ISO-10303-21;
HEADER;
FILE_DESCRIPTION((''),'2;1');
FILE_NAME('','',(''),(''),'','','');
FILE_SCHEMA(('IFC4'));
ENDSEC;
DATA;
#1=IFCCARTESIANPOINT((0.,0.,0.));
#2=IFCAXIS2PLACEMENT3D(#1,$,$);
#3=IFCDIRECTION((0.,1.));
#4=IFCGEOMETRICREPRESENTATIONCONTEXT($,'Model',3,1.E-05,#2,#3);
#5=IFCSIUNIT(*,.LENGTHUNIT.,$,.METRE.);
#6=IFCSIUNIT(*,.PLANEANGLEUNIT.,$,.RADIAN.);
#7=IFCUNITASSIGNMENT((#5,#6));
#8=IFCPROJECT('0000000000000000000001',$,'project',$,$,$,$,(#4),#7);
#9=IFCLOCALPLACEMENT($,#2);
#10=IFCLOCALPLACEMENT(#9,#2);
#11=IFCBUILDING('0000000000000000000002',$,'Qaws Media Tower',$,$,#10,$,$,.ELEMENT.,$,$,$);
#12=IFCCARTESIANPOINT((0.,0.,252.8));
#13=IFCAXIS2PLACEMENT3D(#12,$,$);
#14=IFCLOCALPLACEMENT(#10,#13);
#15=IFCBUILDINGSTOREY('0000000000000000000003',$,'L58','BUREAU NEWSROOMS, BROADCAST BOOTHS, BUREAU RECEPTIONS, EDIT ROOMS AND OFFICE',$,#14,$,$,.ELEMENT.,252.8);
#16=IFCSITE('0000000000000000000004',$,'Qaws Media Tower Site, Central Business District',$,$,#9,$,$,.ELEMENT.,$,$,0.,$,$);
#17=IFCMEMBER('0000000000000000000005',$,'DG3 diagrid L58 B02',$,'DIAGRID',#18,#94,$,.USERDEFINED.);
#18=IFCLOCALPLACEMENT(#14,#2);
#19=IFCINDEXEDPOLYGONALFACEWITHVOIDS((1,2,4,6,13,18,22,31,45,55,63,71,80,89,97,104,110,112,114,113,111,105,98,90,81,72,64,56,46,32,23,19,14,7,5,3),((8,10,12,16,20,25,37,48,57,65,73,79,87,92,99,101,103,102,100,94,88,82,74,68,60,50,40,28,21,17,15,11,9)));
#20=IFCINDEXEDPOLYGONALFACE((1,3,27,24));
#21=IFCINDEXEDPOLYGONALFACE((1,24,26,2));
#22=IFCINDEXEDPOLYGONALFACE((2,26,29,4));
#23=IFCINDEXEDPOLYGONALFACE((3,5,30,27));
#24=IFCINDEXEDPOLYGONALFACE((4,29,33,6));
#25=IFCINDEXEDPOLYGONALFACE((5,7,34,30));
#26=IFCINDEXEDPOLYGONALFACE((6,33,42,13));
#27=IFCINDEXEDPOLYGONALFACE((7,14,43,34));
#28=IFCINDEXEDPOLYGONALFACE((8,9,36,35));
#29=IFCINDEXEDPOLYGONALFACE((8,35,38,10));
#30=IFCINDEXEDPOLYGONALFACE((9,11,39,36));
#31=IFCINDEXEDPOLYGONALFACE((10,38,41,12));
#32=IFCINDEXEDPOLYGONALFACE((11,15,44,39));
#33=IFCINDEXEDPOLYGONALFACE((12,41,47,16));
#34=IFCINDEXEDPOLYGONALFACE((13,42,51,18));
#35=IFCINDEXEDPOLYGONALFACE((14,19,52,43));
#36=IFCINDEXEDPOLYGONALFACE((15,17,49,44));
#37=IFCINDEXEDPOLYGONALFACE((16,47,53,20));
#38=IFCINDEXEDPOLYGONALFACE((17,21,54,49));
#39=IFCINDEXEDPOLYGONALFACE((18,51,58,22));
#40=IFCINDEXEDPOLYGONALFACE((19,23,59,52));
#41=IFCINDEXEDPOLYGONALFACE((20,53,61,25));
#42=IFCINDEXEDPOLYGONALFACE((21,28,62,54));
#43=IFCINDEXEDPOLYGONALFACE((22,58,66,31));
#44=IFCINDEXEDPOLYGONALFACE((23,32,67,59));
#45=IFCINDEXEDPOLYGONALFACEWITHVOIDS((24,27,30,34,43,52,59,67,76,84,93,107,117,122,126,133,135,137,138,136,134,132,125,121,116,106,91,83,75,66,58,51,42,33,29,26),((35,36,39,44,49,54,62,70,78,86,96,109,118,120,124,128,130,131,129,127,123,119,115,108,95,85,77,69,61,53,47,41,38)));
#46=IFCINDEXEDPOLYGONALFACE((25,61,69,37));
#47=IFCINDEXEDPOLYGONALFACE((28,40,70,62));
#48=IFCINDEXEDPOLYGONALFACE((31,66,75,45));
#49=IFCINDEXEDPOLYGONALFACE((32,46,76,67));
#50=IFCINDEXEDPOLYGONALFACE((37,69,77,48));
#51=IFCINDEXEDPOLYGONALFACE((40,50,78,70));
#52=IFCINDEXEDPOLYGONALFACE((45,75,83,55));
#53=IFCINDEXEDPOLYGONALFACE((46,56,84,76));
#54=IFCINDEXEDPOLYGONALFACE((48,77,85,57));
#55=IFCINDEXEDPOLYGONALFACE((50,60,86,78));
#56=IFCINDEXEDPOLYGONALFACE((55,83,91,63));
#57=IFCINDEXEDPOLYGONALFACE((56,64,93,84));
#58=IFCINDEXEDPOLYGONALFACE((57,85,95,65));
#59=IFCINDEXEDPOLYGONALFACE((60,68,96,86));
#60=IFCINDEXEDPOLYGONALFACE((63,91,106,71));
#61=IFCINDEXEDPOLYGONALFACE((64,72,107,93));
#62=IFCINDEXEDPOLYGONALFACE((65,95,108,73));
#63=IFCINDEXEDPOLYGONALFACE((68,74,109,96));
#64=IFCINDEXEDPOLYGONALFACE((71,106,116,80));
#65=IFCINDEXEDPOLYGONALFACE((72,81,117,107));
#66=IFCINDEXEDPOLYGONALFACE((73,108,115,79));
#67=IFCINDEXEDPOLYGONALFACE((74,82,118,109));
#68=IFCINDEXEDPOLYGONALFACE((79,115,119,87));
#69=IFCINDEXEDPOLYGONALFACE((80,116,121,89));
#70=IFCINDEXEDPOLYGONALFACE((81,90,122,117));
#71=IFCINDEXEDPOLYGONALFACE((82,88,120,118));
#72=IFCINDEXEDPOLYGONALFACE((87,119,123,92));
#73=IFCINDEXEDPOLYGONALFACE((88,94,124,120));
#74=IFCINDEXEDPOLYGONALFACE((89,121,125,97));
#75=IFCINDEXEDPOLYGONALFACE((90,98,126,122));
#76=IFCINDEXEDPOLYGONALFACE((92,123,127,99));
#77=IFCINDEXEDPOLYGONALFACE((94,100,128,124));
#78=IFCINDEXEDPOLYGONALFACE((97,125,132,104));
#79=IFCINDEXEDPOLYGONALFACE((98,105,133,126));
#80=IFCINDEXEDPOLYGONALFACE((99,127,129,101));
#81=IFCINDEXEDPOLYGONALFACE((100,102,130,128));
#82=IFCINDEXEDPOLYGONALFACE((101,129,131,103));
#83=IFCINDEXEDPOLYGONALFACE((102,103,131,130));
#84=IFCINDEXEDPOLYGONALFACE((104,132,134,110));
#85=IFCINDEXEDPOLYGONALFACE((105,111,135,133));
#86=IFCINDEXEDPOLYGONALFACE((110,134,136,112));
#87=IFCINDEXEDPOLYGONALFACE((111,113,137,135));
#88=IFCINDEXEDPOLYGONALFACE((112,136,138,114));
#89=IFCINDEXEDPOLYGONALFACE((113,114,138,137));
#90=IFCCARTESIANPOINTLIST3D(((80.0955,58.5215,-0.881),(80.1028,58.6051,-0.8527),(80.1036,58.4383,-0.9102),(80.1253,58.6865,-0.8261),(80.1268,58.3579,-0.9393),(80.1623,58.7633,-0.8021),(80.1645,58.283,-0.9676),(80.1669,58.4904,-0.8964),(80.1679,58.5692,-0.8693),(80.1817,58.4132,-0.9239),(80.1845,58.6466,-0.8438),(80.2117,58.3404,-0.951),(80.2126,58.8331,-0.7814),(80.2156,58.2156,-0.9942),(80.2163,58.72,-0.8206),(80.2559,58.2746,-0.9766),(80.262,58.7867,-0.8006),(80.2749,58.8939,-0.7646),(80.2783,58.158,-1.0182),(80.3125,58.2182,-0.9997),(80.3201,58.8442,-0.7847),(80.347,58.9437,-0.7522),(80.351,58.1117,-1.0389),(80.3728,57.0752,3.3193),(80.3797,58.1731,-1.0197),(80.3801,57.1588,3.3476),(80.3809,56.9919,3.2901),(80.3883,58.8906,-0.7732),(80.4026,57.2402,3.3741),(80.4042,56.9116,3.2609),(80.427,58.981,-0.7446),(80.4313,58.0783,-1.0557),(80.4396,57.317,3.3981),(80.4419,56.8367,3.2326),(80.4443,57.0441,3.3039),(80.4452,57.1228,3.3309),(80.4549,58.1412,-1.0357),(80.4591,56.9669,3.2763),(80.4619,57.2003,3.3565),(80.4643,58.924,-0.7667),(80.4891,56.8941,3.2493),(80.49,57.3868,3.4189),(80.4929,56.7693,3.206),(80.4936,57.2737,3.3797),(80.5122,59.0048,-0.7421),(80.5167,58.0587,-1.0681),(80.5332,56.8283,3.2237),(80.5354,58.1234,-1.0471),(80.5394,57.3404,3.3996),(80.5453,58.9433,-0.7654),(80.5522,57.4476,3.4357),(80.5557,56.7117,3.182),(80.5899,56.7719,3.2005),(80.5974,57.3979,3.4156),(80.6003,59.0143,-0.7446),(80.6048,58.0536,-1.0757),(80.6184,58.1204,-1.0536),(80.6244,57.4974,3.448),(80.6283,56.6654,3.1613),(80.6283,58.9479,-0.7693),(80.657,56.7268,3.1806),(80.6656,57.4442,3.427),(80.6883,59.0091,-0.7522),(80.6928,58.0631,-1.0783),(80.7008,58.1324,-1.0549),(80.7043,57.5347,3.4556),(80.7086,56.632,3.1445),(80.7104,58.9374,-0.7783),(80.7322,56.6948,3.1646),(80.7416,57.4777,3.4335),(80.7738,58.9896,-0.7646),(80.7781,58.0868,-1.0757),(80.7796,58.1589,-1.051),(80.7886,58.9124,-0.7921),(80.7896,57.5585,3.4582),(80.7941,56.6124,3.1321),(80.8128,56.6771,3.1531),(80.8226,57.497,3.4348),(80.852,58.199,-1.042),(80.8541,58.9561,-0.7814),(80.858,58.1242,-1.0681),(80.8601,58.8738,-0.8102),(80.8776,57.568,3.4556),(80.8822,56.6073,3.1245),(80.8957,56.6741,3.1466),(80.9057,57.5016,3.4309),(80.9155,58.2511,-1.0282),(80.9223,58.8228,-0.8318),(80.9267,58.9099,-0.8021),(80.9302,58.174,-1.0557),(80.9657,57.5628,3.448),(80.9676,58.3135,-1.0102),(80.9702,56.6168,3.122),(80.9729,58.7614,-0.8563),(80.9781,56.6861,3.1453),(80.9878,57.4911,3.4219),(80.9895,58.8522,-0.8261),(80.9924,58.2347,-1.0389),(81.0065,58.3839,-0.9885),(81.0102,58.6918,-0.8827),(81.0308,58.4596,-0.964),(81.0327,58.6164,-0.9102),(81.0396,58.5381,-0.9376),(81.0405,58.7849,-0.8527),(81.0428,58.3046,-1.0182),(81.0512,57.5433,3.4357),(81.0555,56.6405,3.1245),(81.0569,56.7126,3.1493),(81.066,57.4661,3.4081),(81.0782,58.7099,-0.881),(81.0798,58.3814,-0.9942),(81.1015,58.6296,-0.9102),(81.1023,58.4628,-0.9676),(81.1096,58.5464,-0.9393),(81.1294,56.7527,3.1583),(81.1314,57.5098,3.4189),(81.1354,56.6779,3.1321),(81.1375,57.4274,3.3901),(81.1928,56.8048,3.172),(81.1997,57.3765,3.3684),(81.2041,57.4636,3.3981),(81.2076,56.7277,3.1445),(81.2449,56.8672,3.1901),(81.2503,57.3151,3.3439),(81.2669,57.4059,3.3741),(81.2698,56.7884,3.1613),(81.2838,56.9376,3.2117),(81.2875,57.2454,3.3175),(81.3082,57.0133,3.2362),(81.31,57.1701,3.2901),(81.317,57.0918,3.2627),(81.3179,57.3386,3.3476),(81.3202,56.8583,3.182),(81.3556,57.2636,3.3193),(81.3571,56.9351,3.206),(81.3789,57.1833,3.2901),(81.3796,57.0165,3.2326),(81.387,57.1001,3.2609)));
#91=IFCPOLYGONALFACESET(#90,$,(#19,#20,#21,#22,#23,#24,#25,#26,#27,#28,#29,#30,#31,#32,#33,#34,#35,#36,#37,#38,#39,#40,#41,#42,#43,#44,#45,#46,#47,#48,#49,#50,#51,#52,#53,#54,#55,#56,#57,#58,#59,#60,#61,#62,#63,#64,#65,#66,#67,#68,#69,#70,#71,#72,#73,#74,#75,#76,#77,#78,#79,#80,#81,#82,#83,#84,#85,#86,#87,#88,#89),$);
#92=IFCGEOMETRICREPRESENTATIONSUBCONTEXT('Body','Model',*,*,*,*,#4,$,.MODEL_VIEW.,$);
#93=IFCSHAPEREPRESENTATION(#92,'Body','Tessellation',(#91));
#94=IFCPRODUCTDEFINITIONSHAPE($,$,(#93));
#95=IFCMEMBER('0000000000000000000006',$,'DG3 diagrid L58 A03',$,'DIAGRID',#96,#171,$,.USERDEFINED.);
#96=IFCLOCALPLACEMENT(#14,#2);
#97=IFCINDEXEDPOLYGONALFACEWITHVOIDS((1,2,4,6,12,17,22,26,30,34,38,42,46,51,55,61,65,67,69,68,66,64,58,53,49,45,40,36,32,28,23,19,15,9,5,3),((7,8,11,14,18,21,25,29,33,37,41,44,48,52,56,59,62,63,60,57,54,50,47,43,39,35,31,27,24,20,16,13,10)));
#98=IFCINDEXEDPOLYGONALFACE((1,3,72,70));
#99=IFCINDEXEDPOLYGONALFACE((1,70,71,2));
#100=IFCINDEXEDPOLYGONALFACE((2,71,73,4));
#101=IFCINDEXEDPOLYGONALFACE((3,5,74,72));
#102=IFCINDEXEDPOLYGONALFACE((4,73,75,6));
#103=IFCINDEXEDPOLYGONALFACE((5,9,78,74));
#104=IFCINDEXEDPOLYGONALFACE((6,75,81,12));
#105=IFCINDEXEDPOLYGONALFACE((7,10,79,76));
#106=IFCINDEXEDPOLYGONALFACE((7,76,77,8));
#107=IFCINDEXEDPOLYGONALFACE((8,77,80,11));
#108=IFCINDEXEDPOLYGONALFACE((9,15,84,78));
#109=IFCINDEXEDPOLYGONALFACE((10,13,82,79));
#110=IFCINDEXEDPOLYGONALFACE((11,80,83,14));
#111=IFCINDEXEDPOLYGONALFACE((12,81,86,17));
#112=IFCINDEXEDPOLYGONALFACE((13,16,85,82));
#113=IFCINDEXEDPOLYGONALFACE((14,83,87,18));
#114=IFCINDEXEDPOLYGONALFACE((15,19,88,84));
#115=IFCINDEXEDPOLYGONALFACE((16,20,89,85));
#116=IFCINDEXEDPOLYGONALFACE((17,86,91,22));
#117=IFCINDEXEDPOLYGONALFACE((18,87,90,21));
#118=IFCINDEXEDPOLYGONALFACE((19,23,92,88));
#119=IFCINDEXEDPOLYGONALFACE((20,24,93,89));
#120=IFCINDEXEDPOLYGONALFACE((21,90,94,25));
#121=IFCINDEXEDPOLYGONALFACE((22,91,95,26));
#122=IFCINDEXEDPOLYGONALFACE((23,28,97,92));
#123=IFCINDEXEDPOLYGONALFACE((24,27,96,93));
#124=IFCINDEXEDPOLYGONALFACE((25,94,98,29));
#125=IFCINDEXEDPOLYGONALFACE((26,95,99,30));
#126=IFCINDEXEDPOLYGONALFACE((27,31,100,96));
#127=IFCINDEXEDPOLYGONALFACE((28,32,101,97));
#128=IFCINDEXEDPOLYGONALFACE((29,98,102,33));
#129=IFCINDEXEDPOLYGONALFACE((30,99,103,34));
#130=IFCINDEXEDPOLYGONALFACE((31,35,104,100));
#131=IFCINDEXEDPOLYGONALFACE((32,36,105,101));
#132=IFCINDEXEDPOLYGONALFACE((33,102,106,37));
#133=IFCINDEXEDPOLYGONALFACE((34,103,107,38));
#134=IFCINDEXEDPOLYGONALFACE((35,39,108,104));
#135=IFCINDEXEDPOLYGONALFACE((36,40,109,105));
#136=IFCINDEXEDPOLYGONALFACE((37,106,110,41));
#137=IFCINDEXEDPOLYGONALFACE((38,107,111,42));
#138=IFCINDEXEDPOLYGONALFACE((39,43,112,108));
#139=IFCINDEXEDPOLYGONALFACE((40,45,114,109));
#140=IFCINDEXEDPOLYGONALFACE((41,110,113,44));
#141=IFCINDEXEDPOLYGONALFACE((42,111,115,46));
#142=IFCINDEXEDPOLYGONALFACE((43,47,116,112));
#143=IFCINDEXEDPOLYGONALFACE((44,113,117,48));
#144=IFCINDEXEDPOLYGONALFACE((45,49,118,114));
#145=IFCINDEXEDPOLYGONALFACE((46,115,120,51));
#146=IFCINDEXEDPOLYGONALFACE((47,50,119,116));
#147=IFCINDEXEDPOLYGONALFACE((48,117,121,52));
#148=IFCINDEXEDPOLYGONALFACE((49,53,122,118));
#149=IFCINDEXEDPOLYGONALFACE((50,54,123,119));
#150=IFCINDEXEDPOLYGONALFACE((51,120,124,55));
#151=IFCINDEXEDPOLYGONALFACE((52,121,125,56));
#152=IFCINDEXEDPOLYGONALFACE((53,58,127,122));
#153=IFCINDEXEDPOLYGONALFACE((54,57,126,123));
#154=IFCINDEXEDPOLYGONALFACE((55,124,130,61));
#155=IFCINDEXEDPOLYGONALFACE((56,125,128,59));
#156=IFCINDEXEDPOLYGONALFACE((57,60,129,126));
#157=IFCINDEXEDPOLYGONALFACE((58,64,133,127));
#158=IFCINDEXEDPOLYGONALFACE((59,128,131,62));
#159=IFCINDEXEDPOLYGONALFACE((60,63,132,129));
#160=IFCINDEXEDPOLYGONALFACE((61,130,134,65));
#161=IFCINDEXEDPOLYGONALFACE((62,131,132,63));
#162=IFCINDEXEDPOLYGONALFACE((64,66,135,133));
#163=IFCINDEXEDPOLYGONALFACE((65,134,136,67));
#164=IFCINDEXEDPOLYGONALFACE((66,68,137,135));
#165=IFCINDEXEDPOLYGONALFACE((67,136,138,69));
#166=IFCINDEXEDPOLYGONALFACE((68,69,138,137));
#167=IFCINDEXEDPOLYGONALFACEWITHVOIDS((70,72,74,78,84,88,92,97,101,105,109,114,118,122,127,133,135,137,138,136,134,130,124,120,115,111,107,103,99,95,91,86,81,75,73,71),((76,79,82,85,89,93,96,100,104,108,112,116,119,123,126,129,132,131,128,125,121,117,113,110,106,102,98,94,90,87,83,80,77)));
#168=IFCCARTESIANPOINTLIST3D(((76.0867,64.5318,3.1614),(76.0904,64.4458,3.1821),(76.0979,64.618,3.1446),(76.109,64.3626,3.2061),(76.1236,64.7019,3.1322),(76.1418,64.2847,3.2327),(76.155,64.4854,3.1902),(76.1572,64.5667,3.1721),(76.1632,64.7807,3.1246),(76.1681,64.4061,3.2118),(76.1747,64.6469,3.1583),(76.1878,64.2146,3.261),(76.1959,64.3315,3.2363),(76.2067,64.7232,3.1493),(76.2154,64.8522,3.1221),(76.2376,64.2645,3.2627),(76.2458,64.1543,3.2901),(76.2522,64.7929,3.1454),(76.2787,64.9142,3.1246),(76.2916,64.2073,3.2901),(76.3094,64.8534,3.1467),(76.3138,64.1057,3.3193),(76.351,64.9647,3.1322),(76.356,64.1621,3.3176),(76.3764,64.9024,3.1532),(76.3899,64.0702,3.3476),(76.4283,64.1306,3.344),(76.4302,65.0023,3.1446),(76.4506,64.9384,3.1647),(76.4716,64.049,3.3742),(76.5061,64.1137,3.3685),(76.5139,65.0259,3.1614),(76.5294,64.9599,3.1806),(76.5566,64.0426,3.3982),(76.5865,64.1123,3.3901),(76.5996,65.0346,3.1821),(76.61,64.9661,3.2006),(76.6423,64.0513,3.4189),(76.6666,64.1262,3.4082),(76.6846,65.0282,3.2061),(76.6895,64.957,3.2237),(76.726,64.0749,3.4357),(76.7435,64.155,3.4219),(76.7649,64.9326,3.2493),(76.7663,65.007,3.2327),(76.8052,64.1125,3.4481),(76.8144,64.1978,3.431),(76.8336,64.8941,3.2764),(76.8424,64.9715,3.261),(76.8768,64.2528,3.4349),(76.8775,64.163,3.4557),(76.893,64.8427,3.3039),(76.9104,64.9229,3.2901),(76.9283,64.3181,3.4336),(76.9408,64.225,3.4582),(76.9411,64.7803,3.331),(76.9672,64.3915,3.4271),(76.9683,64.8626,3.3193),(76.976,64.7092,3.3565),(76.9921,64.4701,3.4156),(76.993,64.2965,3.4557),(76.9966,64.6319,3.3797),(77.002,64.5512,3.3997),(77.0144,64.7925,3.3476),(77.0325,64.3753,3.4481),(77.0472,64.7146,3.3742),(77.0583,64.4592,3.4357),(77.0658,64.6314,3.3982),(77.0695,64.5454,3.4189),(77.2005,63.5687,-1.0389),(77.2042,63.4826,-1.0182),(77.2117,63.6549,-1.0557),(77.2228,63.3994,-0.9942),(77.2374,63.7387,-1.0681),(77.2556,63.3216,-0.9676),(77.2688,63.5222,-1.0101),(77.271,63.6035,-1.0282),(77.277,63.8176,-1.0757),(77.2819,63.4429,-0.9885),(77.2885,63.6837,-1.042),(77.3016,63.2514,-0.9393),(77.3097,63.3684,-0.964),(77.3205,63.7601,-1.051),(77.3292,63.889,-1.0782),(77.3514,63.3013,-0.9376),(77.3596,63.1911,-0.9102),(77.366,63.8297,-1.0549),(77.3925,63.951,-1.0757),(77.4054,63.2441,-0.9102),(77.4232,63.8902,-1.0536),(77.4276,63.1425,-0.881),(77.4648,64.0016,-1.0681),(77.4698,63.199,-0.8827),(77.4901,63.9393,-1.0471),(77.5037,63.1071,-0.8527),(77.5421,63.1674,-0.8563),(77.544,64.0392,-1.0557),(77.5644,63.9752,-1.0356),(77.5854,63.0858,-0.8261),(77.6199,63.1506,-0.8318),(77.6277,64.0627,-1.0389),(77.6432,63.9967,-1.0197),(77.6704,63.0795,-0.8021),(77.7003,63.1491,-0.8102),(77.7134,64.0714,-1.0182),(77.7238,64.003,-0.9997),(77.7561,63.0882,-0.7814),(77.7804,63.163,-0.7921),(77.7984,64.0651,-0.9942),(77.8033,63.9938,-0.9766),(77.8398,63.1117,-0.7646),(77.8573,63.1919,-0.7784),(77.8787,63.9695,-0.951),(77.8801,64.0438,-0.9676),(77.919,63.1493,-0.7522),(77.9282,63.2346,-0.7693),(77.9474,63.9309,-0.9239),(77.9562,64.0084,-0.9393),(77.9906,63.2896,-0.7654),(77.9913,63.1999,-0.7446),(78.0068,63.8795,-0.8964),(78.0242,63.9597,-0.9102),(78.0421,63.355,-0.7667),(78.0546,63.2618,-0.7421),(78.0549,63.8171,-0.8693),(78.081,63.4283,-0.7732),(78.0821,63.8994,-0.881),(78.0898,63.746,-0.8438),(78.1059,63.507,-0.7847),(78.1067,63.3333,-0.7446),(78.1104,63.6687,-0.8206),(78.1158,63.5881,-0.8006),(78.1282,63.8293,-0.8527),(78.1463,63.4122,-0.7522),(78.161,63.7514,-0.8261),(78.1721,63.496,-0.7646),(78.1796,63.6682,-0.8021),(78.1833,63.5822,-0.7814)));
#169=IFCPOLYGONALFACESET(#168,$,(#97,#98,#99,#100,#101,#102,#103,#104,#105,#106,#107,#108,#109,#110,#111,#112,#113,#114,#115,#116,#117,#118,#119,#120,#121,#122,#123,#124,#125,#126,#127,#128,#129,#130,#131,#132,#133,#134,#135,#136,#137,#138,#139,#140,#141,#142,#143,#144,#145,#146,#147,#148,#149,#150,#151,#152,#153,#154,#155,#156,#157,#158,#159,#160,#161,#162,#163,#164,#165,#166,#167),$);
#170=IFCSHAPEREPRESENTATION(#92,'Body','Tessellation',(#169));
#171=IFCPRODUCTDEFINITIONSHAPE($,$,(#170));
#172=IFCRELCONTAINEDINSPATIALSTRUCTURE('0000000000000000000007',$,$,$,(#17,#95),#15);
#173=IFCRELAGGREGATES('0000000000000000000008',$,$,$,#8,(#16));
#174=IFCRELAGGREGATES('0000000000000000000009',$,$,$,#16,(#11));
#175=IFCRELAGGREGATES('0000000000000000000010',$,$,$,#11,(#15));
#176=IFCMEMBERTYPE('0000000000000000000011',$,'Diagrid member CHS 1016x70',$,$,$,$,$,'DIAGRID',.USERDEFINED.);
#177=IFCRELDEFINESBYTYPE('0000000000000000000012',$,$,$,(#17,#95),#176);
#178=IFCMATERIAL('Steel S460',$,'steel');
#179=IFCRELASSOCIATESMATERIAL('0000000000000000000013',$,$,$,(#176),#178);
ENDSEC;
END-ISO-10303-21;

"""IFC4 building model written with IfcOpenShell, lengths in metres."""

from ifc_helpers import new_model, si_unit, direction, frame, origin, origin_2d, place, context, subcontext, project, spatial, hollow_circle, extrude, material, material_profile, profile_set, type_object, element, save


model = new_model("IFC4")

# Units and contexts
model_context = context("Model", 3, precision=1e-05, world=origin(), true_north=direction((0.0, 1.0)))
body_context = subcontext(model_context, "Body", "Model", "MODEL_VIEW")
ifc_project = project(units=[si_unit("LENGTHUNIT", "METRE"), si_unit("PLANEANGLEUNIT", "RADIAN")], contexts=[model_context])

# Site, building, storey
site_placement = place(None, origin())
site = spatial("IfcSite", under=ifc_project, at=site_placement, Name="Qaws Media Tower Site, Central Business District", CompositionType="ELEMENT", RefElevation=0.0)
building_placement = place(site_placement, origin())
building = spatial("IfcBuilding", under=site, at=building_placement, Name="Qaws Media Tower", CompositionType="ELEMENT")
storey_placement = place(building_placement, frame((0.0, 0.0, 252.8)))
storey = spatial("IfcBuildingStorey", under=building, at=storey_placement, Name="L58", Description="BUREAU NEWSROOMS, BROADCAST BOOTHS, BUREAU RECEPTIONS, EDIT ROOMS AND OFFICE", CompositionType="ELEMENT", Elevation=252.8)

# Members
ifc_material_1 = material(Name="Steel S460", Category="steel")
ifc_material_profile_1 = material_profile(ifc_material_1, hollow_circle(Radius=0.5081, WallThickness=0.0701, at=origin_2d()), Name="CHS 1016x70")
ifc_profile_set_1 = profile_set([ifc_material_profile_1], Name="Steel S460")
member_type_1 = type_object("IfcMemberType", Name="Diagrid member CHS 1016x70", ElementType="DIAGRID", PredefinedType="USERDEFINED", material=ifc_profile_set_1)
for number, where, z_axis, x_axis, name in (
    (1, (80.6025, 58.5339, -0.9102), (0.062312, -0.324945, 0.943678), (0.982106, 0.188331, 0.0), "DG3 diagrid L58 B02"),
    (2, (77.6919, 63.5754, -0.9102), (-0.250239, 0.216395, 0.943691), (-0.654103, -0.756405, 0.0), "DG3 diagrid L58 A03"),
):
    element("IfcMember", number, at=place(storey_placement, frame(where, z_axis=z_axis, x_axis=x_axis)), inside=storey, type_object=member_type_1, Name=name, ObjectType="DIAGRID", PredefinedType="USERDEFINED", context=body_context, shape_type="SweptSolid", body=[
        extrude(hollow_circle(Radius=0.5081, WallThickness=0.0701, at=origin_2d()), origin(), (0.0, 0.0, 1.0), 4.4509),
    ])

save(model, "model.ifc")
